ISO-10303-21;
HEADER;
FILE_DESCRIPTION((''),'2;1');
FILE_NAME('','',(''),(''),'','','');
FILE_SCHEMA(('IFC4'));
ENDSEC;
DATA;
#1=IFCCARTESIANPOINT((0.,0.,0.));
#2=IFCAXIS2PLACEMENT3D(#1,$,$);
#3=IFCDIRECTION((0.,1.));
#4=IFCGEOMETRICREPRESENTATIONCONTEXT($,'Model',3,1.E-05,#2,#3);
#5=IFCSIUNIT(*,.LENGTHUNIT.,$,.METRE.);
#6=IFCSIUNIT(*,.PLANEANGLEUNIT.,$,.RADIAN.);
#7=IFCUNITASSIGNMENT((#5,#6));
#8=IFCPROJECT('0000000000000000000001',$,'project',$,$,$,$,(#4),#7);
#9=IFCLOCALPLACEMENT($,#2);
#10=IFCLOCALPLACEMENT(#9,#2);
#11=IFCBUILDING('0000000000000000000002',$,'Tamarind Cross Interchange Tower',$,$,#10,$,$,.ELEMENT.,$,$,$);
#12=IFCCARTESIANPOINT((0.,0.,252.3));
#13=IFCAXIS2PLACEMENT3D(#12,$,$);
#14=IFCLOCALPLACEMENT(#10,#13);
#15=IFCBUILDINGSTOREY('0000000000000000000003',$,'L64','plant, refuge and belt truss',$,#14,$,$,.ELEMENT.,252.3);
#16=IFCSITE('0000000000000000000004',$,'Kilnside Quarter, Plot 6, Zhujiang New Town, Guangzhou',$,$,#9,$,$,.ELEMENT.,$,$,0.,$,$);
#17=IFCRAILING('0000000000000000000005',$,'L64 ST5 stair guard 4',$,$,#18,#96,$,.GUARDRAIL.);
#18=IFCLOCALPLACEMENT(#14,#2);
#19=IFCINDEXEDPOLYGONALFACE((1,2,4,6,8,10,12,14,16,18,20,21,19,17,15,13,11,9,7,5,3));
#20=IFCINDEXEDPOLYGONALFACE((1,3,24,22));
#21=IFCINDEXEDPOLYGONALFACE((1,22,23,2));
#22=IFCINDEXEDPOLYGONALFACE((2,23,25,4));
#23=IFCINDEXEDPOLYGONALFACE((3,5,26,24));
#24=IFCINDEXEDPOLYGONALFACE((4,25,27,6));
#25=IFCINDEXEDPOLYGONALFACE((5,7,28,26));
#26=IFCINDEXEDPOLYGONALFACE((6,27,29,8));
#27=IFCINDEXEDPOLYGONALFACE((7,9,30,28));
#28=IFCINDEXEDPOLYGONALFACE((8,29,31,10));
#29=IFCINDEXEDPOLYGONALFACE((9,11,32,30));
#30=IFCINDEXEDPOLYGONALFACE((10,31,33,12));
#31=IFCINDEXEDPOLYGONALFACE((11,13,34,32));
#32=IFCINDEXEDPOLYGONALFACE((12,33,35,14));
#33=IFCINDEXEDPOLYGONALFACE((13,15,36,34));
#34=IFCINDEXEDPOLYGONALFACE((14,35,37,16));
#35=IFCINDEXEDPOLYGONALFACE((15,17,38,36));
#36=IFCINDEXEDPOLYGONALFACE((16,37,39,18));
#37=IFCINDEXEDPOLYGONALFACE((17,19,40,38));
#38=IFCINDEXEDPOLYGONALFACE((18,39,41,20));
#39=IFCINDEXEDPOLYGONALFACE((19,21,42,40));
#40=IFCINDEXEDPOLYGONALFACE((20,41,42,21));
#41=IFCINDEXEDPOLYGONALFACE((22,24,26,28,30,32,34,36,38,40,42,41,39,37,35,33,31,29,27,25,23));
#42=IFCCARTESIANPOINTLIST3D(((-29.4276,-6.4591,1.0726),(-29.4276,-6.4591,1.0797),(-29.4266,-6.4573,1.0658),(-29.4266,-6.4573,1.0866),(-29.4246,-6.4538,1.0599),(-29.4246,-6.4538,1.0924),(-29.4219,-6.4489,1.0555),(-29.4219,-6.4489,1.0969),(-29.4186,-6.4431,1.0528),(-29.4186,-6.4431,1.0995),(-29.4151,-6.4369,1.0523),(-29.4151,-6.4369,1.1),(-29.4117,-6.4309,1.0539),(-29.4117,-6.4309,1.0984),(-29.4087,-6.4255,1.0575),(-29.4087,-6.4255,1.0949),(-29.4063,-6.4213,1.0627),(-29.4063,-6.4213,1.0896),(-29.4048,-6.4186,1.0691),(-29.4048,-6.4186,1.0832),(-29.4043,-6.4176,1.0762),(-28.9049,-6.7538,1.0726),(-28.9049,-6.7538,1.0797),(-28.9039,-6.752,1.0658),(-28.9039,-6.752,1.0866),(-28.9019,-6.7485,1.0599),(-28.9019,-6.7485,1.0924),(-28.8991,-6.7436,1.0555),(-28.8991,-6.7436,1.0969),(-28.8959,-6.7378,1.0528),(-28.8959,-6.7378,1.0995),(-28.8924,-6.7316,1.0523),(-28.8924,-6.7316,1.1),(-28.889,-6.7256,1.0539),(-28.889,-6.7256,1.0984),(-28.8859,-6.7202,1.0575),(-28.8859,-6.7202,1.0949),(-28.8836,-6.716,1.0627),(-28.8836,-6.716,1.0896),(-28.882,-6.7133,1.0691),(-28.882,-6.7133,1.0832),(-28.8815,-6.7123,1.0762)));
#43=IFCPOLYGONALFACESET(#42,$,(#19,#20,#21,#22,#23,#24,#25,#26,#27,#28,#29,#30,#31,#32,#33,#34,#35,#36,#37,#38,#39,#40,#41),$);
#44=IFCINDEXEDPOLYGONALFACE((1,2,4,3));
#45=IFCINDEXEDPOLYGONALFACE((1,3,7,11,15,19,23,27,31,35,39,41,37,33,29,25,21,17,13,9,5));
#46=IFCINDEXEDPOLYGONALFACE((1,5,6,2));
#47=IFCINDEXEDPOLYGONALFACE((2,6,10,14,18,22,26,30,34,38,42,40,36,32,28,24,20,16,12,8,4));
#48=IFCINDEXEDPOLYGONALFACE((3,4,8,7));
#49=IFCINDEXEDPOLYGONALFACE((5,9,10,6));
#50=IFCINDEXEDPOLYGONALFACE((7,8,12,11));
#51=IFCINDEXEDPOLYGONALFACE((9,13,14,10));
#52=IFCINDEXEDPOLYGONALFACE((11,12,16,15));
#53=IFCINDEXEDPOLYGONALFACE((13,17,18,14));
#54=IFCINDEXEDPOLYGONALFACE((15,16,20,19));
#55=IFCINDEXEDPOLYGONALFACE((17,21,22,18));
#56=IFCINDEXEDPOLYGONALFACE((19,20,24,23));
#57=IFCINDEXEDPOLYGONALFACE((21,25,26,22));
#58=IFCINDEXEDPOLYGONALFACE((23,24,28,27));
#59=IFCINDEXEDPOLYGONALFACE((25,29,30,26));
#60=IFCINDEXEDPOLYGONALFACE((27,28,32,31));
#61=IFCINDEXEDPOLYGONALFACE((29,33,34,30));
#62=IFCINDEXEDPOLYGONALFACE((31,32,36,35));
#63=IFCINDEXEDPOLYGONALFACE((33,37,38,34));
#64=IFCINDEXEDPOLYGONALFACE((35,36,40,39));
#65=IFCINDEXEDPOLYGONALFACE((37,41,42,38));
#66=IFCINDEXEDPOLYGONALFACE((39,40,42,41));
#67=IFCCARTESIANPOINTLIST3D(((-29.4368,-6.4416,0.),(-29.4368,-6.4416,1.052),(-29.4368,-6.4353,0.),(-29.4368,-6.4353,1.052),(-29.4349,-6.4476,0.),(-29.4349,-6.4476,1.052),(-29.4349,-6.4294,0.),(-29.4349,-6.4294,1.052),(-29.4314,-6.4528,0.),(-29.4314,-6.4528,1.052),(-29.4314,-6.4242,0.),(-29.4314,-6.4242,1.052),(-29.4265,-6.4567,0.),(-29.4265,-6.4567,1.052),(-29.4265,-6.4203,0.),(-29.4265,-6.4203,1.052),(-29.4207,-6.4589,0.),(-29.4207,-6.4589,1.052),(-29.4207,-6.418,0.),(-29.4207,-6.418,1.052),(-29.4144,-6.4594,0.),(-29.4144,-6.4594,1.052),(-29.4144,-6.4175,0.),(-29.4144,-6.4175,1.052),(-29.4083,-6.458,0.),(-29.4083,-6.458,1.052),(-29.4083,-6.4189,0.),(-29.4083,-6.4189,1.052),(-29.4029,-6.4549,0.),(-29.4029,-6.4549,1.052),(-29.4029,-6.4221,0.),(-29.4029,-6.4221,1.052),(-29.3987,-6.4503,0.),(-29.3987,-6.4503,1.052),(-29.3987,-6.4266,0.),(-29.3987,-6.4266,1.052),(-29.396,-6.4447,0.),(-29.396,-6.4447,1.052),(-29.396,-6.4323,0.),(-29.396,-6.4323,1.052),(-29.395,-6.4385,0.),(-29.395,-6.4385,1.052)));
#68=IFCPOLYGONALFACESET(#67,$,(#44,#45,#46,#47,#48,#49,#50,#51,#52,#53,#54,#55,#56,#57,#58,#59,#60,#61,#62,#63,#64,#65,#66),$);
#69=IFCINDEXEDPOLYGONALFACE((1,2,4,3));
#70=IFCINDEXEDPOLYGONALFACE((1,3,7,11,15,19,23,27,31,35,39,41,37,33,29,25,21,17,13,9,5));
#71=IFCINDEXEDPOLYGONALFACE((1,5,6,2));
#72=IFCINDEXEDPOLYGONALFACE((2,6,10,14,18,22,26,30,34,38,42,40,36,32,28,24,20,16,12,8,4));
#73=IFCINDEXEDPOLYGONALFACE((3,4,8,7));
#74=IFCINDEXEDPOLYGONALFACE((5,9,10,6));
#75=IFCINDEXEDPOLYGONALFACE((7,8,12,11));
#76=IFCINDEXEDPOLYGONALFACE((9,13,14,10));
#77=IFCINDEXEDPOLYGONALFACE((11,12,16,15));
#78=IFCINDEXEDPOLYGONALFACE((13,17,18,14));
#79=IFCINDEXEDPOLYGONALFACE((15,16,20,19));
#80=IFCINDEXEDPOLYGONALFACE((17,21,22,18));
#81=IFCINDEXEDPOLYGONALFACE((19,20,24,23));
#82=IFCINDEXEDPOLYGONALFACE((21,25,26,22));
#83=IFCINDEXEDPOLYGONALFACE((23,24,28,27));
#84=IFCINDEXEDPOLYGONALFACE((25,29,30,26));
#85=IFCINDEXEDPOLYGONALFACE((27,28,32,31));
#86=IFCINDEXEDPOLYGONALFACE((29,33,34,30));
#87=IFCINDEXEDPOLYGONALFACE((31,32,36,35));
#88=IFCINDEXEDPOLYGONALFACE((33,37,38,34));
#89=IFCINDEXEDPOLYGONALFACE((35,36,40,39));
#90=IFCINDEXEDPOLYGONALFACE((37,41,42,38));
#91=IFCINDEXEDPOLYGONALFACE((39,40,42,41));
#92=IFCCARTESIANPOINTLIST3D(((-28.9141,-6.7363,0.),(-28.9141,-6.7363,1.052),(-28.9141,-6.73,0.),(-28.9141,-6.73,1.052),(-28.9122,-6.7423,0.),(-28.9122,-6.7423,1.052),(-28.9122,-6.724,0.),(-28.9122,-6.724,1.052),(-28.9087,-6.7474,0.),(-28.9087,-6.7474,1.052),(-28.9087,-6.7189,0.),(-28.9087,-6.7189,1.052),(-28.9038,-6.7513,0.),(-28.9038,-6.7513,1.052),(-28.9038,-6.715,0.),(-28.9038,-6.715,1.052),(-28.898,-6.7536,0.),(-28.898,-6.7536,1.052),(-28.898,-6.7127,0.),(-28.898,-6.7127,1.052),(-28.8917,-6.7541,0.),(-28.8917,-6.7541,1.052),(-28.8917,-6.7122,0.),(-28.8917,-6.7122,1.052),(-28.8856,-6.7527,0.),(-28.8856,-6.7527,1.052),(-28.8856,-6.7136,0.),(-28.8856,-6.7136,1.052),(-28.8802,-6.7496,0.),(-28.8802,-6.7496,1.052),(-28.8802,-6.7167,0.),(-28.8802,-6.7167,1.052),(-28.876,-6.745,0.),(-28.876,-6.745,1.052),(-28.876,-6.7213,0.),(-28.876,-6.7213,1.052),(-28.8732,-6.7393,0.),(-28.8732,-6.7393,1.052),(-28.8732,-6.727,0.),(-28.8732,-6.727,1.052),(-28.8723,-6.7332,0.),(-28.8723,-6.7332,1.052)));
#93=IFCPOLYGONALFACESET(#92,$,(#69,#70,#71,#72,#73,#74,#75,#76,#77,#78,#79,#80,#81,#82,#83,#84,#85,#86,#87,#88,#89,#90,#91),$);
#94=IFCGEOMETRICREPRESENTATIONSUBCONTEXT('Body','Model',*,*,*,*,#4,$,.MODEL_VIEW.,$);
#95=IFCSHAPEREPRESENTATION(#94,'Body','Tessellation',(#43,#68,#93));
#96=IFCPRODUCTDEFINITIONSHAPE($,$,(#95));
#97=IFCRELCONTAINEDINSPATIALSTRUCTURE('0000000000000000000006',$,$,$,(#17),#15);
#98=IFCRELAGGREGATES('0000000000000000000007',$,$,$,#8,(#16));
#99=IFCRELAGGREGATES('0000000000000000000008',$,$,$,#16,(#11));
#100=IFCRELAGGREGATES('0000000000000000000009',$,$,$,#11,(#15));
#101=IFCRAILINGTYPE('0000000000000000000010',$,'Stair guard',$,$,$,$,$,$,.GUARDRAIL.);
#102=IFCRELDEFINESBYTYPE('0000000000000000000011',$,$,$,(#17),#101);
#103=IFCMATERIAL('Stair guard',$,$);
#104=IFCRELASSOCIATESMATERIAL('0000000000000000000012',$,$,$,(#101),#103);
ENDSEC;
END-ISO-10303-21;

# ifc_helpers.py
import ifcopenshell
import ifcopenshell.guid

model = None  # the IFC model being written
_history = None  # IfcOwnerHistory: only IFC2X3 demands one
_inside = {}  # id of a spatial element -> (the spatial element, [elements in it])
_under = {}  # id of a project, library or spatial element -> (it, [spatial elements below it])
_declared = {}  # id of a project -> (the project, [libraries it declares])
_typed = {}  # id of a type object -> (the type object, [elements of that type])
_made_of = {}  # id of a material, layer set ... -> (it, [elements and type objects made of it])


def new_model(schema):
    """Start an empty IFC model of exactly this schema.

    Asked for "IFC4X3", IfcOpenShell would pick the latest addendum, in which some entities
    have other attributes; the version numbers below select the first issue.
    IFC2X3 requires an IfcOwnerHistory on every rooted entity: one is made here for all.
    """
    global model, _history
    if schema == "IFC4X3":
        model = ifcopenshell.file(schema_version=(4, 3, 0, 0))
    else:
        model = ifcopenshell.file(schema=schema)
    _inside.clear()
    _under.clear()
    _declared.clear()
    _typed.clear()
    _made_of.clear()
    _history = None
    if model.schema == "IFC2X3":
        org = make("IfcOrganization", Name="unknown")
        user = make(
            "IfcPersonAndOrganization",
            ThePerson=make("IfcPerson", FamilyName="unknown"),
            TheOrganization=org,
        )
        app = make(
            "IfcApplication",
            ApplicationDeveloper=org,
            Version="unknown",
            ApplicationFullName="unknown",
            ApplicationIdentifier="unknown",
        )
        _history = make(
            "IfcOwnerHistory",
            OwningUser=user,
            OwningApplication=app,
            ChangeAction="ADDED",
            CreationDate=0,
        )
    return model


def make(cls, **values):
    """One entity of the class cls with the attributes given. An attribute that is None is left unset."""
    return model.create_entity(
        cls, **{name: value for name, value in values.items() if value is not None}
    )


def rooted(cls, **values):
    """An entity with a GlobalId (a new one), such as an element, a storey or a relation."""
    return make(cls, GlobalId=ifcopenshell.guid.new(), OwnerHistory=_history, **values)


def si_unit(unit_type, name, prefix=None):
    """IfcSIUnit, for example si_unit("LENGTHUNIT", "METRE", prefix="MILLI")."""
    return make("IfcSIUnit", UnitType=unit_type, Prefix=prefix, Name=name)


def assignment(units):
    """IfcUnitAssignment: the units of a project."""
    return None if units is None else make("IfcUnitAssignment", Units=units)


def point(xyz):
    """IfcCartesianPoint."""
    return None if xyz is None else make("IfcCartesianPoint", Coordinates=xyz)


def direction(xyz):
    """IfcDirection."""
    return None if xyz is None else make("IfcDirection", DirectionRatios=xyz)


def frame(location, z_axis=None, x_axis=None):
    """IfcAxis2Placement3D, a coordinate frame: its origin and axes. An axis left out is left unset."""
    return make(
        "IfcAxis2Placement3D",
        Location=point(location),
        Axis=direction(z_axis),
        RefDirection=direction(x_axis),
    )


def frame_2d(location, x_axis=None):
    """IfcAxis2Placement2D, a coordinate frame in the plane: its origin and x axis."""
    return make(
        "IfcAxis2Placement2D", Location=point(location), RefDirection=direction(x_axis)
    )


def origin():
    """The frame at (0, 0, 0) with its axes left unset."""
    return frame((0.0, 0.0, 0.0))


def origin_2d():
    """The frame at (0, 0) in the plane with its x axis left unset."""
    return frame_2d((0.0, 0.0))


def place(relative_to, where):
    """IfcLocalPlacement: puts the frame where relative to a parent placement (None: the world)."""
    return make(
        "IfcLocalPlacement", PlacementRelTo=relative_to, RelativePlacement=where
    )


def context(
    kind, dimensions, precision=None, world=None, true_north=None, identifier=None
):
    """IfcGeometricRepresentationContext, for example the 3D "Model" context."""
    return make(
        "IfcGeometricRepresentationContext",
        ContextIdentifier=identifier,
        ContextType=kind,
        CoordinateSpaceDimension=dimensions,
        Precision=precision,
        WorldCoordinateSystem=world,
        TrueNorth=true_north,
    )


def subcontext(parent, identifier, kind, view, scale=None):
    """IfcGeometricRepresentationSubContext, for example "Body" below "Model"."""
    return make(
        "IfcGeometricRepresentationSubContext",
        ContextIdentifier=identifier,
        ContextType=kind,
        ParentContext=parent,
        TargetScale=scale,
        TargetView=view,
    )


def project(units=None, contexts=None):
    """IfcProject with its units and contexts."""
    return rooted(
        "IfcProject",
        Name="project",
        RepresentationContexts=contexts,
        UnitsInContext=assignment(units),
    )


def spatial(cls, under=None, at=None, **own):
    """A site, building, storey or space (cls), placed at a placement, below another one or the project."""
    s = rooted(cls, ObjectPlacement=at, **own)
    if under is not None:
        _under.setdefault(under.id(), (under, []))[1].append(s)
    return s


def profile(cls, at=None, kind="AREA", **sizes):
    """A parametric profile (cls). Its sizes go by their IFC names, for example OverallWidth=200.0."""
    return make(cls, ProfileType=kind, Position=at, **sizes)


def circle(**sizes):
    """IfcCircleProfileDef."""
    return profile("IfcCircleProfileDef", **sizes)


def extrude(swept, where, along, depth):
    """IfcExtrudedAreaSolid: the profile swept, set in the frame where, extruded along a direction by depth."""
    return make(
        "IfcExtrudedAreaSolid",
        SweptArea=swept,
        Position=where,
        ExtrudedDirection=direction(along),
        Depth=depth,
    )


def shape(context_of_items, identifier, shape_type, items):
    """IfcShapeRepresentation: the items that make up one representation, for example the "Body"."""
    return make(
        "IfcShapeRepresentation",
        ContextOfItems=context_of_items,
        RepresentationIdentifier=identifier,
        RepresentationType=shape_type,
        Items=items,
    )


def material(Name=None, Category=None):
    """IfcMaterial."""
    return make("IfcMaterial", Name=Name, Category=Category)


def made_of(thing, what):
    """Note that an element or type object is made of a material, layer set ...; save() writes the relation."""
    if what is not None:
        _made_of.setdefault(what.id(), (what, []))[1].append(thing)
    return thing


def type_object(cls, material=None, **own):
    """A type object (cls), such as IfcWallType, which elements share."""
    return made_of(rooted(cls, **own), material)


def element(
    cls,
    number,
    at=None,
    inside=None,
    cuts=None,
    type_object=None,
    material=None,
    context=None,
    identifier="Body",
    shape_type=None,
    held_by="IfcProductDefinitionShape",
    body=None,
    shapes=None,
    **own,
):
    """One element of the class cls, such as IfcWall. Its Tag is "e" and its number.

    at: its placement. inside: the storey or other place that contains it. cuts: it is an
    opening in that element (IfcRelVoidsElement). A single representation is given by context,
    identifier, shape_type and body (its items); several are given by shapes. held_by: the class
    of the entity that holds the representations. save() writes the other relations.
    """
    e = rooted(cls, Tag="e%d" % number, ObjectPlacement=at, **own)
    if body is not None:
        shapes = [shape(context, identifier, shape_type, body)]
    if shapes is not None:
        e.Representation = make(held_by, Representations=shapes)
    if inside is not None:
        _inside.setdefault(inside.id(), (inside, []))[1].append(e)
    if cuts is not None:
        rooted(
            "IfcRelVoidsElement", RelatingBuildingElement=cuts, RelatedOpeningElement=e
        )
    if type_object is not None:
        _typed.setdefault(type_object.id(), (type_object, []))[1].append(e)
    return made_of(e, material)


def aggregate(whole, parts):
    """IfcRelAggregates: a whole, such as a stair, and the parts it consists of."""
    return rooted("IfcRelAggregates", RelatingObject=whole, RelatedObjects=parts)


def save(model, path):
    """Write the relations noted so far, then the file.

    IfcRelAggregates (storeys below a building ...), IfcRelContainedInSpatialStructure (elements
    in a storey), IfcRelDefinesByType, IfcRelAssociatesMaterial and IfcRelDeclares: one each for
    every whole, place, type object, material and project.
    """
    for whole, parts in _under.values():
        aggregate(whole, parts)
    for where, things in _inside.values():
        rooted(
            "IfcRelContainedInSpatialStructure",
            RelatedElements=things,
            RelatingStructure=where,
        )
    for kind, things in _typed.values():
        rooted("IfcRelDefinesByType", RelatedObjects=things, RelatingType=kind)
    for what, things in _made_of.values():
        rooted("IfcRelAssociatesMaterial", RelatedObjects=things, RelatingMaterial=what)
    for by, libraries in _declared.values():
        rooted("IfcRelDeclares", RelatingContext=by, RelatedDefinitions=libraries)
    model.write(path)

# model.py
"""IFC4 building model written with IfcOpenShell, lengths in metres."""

from ifc_helpers import new_model, si_unit, direction, frame, origin, origin_2d, place, context, subcontext, project, spatial, circle, extrude, material, type_object, element, save


model = new_model("IFC4")

# Units and contexts
model_context = context("Model", 3, precision=1e-05, world=origin(), true_north=direction((0.0, 1.0)))
body_context = subcontext(model_context, "Body", "Model", "MODEL_VIEW")
ifc_project = project(units=[si_unit("LENGTHUNIT", "METRE"), si_unit("PLANEANGLEUNIT", "RADIAN")], contexts=[model_context])

# Site, building, storey
site_placement = place(None, origin())
site = spatial("IfcSite", under=ifc_project, at=site_placement, Name="Kilnside Quarter, Plot 6, Zhujiang New Town, Guangzhou", CompositionType="ELEMENT", RefElevation=0.0)
building_placement = place(site_placement, origin())
building = spatial("IfcBuilding", under=site, at=building_placement, Name="Tamarind Cross Interchange Tower", CompositionType="ELEMENT")
storey_placement = place(building_placement, frame((0.0, 0.0, 252.3)))
storey = spatial("IfcBuildingStorey", under=building, at=storey_placement, Name="L64", Description="plant, refuge and belt truss", CompositionType="ELEMENT", Elevation=252.3)

# Railing
ifc_material_1 = material(Name="Stair guard")
railing_type_1 = type_object("IfcRailingType", Name="Stair guard", PredefinedType="GUARDRAIL", material=ifc_material_1)
railing_1_placement = place(storey_placement, frame((-29.416, -6.4385, 0.0)))
element("IfcRailing", 1, at=railing_1_placement, inside=storey, type_object=railing_type_1, Name="L64 ST5 stair guard 4", PredefinedType="GUARDRAIL", context=body_context, shape_type="SweptSolid", body=[
    extrude(circle(Radius=0.0239, at=origin_2d()), frame((0.0, 0.0, 1.0762), z_axis=(0.871108, -0.491092, 0.0), x_axis=(0.491092, 0.871108, 0.0)), (0.0, 0.0, 1.0), 0.6001),
    extrude(circle(Radius=0.021, at=origin_2d()), origin(), (0.0, 0.0, 1.0), 1.052),
    extrude(circle(Radius=0.021, at=origin_2d()), frame((0.5227, -0.2947, 0.0)), (0.0, 0.0, 1.0), 1.052),
])

save(model, "model.ifc")
